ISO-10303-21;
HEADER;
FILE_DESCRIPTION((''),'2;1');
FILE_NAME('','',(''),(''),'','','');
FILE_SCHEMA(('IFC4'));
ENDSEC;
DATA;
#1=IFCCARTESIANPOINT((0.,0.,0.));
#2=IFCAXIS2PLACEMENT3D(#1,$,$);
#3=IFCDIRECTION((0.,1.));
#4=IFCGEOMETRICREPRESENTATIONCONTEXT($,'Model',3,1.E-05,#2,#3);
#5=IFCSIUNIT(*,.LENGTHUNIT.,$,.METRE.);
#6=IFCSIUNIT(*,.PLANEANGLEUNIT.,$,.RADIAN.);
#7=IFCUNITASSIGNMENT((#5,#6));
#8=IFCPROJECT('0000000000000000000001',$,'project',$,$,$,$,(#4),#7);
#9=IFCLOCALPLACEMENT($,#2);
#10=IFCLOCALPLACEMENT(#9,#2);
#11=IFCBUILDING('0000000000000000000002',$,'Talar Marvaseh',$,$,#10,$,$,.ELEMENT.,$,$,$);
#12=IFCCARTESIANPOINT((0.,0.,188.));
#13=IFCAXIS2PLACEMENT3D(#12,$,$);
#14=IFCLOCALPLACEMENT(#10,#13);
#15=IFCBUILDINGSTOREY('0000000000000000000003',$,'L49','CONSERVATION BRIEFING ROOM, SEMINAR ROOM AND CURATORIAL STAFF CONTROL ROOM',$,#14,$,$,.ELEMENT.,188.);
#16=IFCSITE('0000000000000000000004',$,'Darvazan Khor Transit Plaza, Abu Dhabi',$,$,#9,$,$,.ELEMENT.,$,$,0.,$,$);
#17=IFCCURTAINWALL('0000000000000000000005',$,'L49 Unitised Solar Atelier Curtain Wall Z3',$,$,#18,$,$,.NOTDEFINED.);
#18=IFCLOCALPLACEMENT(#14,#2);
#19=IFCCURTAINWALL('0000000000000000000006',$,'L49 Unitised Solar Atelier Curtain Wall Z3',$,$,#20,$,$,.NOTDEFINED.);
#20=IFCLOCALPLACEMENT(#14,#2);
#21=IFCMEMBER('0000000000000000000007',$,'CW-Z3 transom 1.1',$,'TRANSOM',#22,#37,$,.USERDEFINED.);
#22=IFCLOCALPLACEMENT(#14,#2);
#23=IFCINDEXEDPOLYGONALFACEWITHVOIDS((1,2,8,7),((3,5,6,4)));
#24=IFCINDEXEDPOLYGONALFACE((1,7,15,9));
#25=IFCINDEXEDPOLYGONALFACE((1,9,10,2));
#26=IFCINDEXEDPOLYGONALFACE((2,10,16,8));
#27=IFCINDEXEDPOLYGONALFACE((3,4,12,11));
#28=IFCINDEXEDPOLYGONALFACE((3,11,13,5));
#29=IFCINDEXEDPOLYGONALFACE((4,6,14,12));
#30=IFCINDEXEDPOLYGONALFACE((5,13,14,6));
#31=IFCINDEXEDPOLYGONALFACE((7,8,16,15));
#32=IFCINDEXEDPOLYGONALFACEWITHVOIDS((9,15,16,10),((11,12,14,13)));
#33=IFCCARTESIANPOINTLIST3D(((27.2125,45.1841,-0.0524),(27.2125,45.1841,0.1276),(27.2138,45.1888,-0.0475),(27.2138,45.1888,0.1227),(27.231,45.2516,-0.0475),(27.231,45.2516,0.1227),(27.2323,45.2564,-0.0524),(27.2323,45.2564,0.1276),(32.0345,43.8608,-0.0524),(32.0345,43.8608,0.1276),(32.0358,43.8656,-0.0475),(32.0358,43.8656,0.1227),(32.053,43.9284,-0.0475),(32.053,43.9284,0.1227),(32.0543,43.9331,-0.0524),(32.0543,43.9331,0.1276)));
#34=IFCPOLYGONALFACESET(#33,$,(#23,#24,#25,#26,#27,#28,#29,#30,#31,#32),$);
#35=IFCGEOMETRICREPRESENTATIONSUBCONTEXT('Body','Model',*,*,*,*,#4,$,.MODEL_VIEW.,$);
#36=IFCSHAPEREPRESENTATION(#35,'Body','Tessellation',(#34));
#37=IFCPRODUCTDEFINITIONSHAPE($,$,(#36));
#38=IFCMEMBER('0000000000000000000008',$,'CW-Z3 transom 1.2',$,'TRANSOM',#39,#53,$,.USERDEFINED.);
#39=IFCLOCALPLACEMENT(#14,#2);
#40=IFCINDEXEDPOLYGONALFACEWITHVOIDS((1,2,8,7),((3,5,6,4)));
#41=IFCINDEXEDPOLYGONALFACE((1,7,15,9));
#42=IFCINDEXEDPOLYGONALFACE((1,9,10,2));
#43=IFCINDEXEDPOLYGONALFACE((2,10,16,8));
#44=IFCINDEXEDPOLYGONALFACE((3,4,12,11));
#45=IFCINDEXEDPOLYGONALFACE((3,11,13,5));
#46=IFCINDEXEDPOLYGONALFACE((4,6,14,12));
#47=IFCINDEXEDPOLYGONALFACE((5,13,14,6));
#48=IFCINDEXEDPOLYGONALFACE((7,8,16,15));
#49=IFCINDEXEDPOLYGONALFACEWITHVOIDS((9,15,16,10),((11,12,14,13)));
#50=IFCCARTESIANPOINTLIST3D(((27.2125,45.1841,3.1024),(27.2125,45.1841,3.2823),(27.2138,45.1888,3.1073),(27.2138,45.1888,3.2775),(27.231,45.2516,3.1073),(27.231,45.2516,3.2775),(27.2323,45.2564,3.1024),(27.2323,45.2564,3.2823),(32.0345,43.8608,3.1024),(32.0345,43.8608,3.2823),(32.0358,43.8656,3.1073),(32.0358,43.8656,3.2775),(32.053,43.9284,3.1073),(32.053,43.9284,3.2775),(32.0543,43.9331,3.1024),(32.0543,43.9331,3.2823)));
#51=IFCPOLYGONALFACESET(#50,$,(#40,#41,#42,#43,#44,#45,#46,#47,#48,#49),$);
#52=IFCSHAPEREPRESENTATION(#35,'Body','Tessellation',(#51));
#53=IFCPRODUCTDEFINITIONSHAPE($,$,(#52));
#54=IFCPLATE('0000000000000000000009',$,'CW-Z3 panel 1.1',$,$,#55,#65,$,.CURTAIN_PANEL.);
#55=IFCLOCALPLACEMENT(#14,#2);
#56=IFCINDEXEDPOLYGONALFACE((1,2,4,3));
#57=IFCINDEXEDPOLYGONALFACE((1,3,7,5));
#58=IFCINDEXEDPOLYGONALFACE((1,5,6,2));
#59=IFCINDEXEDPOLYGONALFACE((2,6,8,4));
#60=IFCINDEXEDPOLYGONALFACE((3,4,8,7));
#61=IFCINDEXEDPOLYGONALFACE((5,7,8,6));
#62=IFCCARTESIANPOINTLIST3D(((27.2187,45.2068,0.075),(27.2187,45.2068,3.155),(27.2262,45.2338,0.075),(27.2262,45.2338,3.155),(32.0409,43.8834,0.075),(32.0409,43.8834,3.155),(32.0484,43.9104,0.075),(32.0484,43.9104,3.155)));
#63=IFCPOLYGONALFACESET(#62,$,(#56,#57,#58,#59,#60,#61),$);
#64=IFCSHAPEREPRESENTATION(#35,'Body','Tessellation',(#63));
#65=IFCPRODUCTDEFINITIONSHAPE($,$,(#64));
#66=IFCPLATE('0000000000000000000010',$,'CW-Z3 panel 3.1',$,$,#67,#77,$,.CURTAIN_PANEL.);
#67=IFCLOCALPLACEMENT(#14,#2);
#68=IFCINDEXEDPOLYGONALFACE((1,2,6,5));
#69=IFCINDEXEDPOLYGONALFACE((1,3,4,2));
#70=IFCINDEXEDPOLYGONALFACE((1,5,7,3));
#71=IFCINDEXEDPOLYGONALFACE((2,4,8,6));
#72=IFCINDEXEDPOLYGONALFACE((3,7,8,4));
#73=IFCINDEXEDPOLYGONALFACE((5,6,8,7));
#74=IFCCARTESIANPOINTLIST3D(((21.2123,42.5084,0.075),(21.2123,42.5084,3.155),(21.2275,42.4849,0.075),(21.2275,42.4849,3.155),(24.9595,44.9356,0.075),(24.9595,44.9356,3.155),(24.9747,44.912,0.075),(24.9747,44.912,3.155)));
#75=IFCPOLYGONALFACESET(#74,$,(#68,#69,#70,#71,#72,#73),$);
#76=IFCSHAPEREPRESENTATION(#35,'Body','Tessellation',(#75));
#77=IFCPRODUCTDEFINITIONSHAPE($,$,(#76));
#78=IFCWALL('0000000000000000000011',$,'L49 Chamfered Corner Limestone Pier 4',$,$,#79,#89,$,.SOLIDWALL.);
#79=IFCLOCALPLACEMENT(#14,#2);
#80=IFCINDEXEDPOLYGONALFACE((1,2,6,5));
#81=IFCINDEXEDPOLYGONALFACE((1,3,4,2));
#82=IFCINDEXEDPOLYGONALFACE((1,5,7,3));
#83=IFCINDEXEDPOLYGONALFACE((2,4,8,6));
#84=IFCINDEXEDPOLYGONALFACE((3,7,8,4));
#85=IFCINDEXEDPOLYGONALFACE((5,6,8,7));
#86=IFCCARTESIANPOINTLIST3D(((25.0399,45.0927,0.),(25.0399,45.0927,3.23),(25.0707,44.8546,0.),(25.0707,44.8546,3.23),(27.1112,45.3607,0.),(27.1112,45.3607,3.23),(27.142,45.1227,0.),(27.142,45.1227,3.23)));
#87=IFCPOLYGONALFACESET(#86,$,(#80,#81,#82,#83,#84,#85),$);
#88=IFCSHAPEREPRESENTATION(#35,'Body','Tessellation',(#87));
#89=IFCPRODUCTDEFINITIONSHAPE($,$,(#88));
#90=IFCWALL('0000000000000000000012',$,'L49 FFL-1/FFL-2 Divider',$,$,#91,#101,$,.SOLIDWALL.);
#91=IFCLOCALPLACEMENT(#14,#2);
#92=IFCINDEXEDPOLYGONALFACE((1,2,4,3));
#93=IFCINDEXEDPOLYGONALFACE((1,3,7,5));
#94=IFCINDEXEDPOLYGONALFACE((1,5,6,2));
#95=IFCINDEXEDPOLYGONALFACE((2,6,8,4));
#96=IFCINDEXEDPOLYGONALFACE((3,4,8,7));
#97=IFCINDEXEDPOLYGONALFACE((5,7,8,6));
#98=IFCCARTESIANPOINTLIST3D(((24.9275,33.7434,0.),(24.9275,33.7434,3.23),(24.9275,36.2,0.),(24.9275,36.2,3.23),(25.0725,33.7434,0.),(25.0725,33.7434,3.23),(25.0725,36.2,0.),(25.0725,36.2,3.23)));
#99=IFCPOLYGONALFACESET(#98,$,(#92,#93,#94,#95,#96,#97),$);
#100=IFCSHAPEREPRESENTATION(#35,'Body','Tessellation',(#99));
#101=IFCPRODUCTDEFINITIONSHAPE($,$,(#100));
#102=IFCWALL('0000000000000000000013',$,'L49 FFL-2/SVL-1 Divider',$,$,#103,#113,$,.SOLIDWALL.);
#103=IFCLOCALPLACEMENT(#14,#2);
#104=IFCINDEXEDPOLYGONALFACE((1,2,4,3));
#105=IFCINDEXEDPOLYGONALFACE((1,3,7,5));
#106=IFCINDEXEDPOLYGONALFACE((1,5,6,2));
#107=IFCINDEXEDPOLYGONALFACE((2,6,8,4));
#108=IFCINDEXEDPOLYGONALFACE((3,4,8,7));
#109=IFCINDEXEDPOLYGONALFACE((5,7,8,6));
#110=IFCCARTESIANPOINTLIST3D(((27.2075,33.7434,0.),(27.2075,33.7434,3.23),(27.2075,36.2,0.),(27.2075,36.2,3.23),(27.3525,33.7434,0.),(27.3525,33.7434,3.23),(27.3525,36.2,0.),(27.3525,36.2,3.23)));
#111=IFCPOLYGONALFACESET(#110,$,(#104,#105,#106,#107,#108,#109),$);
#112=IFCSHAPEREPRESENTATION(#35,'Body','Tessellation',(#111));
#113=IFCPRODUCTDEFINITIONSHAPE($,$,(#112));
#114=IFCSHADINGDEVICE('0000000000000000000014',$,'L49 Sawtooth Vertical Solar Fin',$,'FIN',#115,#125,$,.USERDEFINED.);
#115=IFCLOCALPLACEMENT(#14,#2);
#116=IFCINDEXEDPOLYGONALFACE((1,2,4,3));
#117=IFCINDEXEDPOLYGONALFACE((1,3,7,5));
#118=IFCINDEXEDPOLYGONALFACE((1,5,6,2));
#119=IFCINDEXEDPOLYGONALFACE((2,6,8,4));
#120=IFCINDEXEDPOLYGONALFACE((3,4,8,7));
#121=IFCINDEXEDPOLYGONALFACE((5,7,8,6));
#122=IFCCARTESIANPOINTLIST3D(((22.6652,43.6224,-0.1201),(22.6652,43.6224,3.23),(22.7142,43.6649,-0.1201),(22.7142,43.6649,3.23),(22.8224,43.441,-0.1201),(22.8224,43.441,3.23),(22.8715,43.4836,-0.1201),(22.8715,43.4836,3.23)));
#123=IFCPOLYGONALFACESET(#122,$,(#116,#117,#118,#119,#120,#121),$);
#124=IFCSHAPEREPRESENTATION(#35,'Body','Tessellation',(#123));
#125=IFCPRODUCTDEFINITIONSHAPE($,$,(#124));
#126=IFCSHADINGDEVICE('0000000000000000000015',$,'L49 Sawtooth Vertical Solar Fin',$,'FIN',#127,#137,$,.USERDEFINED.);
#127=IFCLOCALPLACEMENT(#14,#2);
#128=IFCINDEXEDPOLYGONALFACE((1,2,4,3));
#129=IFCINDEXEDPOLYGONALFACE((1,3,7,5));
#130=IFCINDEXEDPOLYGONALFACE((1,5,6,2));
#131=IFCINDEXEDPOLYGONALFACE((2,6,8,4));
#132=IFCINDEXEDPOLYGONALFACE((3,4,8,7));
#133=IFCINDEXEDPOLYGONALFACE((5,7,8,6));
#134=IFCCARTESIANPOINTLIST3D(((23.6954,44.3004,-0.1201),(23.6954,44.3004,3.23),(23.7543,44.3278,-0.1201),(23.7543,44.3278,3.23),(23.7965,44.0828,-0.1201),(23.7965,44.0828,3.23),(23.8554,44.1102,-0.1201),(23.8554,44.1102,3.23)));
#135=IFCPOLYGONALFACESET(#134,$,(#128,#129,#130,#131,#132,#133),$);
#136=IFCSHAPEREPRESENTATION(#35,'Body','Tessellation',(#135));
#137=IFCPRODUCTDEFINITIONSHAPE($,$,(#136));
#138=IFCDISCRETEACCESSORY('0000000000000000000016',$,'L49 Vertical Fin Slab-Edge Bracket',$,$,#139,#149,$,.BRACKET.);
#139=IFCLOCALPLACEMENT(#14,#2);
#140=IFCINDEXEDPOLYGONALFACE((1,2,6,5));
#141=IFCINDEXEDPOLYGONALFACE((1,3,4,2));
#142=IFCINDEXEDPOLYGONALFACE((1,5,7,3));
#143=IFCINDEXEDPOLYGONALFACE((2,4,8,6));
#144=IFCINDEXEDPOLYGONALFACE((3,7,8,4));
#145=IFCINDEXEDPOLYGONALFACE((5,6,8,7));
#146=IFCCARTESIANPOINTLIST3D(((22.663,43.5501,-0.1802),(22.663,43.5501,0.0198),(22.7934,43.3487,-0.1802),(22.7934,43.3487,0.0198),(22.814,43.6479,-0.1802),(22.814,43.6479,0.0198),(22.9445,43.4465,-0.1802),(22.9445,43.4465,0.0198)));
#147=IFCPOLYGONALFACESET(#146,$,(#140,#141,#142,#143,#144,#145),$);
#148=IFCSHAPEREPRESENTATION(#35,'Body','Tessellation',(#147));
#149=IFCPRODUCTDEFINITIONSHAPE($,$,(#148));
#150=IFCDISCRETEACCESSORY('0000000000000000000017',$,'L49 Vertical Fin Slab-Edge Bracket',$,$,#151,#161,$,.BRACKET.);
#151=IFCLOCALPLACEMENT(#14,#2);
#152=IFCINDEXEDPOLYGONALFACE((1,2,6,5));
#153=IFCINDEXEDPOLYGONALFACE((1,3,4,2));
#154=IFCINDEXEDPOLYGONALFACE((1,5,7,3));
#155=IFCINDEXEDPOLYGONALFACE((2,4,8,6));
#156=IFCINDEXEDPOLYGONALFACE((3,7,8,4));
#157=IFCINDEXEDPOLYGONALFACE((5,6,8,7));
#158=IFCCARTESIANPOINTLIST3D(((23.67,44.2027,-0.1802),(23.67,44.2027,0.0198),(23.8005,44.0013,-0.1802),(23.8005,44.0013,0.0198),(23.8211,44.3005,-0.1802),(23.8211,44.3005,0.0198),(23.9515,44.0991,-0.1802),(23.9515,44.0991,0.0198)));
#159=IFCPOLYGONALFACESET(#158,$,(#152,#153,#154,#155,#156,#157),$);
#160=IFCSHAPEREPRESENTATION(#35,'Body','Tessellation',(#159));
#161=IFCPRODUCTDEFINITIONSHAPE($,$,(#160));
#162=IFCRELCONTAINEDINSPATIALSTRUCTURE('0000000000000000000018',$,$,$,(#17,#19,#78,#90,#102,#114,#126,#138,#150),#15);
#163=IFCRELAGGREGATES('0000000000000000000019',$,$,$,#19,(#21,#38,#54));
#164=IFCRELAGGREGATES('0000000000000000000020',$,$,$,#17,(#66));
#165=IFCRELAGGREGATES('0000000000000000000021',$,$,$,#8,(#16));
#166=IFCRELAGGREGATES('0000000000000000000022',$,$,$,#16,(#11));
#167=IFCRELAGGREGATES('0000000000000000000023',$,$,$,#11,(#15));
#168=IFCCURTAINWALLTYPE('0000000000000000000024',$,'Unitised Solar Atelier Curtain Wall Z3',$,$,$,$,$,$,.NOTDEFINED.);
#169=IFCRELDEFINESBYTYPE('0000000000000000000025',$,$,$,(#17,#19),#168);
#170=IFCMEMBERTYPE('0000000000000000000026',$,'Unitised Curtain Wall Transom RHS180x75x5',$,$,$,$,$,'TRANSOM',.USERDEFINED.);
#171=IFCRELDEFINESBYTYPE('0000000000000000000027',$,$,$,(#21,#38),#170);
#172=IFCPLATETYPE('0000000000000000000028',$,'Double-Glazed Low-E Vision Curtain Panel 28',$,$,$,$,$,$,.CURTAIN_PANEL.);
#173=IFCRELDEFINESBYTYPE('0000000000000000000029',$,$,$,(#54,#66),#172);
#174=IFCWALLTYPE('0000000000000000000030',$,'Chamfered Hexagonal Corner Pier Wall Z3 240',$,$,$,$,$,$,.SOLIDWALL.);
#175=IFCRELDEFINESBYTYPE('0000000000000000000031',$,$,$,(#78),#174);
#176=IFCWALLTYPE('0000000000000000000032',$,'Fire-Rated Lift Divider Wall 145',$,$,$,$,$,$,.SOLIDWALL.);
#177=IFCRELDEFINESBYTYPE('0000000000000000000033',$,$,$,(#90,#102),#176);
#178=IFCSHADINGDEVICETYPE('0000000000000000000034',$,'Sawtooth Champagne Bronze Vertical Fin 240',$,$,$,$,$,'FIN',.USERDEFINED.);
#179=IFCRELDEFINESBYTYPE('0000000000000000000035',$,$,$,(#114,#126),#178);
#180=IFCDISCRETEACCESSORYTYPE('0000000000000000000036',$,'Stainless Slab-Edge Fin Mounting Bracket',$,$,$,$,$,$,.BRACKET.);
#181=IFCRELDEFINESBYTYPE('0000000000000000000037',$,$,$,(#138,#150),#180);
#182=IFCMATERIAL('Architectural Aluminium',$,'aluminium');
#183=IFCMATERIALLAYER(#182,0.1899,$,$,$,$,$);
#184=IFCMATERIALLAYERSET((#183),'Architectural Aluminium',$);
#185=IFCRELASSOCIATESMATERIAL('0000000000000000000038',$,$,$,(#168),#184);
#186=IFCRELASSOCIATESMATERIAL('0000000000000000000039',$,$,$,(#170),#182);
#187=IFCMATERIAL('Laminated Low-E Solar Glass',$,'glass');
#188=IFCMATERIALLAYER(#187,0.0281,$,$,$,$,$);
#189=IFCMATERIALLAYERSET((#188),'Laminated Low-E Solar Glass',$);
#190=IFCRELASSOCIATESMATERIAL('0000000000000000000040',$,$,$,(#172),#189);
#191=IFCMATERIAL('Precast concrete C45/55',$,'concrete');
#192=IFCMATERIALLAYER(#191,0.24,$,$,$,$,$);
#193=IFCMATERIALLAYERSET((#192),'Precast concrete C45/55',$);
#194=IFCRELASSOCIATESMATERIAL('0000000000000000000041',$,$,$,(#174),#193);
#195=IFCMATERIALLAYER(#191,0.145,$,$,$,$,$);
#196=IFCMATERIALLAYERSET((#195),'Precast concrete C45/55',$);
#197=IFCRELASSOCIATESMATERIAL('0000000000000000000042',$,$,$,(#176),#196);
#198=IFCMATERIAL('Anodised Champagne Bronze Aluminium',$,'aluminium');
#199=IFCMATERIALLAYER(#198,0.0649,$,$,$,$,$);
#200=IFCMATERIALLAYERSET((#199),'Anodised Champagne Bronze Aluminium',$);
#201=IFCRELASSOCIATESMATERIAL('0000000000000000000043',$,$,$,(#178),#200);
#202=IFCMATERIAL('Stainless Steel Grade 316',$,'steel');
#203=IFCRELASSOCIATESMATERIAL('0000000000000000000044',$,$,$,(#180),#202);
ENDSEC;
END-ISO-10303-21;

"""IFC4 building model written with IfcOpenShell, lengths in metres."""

from ifc_helpers import new_model, si_unit, direction, frame, frame_2d, origin, origin_2d, place, context, subcontext, project, spatial, rectangle, hollow_rectangle, extrude, source, transform, mapped, material, layer, layer_set, material_profile, profile_set, type_object, type_shapes, element, aggregate, save


model = new_model("IFC4")

# Units and contexts
model_context = context("Model", 3, precision=1e-05, world=origin(), true_north=direction((0.0, 1.0)))
body_context = subcontext(model_context, "Body", "Model", "MODEL_VIEW")
ifc_project = project(units=[si_unit("LENGTHUNIT", "METRE"), si_unit("PLANEANGLEUNIT", "RADIAN")], contexts=[model_context])

# Site, building, storey
site_placement = place(None, origin())
site = spatial("IfcSite", under=ifc_project, at=site_placement, Name="Darvazan Khor Transit Plaza, Abu Dhabi", CompositionType="ELEMENT", RefElevation=0.0)
building_placement = place(site_placement, origin())
building = spatial("IfcBuilding", under=site, at=building_placement, Name="Talar Marvaseh", CompositionType="ELEMENT")
storey_placement = place(building_placement, frame((0.0, 0.0, 188.0)))
storey = spatial("IfcBuildingStorey", under=building, at=storey_placement, Name="L49", Description="CONSERVATION BRIEFING ROOM, SEMINAR ROOM AND CURATORIAL STAFF CONTROL ROOM", CompositionType="ELEMENT", Elevation=188.0)

# Curtain wall
ifc_material_1 = material(Name="Architectural Aluminium", Category="aluminium")
ifc_layer_1 = layer(ifc_material_1, 0.1899)
ifc_layer_set_1 = layer_set([ifc_layer_1], Name="Architectural Aluminium")
curtain_wall_type = type_object("IfcCurtainWallType", Name="Unitised Solar Atelier Curtain Wall Z3", PredefinedType="NOTDEFINED", material=ifc_layer_set_1)
curtain_wall_1_placement = place(storey_placement, origin())
curtain_wall_1 = element("IfcCurtainWall", 1, at=curtain_wall_1_placement, inside=storey, type_object=curtain_wall_type, Name="L49 Unitised Solar Atelier Curtain Wall Z3", PredefinedType="NOTDEFINED")

# Curtain wall, members, plate
curtain_wall_2_placement = place(storey_placement, origin())
curtain_wall_2 = element("IfcCurtainWall", 2, at=curtain_wall_2_placement, inside=storey, type_object=curtain_wall_type, Name="L49 Unitised Solar Atelier Curtain Wall Z3", PredefinedType="NOTDEFINED")
ifc_material_profile_1 = material_profile(ifc_material_1, hollow_rectangle(XDim=0.075, YDim=0.1799, WallThickness=0.0049, at=origin_2d()), Name="RHS180x75x5")
ifc_profile_set_1 = profile_set([ifc_material_profile_1], Name="Architectural Aluminium")
member_type_1 = type_object("IfcMemberType", Name="Unitised Curtain Wall Transom RHS180x75x5", ElementType="TRANSOM", PredefinedType="USERDEFINED", material=ifc_profile_set_1)
shared_shape_1 = source(origin(), body_context, "Body", "SweptSolid", [
    extrude(hollow_rectangle(XDim=0.075, YDim=0.1799, WallThickness=0.0049, at=origin_2d()), origin(), (0.0, 0.0, 1.0), 5.0002),
])
member_1_placement = place(storey_placement, frame((27.2224, 45.2202, 0.0376), z_axis=(0.964349, -0.264633, 0.0), x_axis=(0.264633, 0.964349, 0.0)))
member_1 = element("IfcMember", 3, at=member_1_placement, type_object=member_type_1, Name="CW-Z3 transom 1.1", ObjectType="TRANSOM", PredefinedType="USERDEFINED", context=body_context, shape_type="MappedRepresentation", body=[
    mapped(shared_shape_1, transform((0.0, 0.0, 0.0), x_axis=(1.0, 0.0, 0.0), y_axis=(0.0, 1.0, 0.0), z_axis=(0.0, 0.0, 1.0), scale=1.0)),
])
member_2_placement = place(storey_placement, frame((27.2224, 45.2202, 3.1924), z_axis=(0.964349, -0.264633, 0.0), x_axis=(0.264633, 0.964349, 0.0)))
member_2 = element("IfcMember", 4, at=member_2_placement, type_object=member_type_1, Name="CW-Z3 transom 1.2", ObjectType="TRANSOM", PredefinedType="USERDEFINED", context=body_context, shape_type="MappedRepresentation", body=[
    mapped(shared_shape_1, transform((0.0, 0.0, 0.0), x_axis=(1.0, 0.0, 0.0), y_axis=(0.0, 1.0, 0.0), z_axis=(0.0, 0.0, 1.0), scale=1.0)),
])
ifc_material_2 = material(Name="Laminated Low-E Solar Glass", Category="glass")
ifc_layer_2 = layer(ifc_material_2, 0.0281)
ifc_layer_set_2 = layer_set([ifc_layer_2], Name="Laminated Low-E Solar Glass")
plate_type = type_object("IfcPlateType", Name="Double-Glazed Low-E Vision Curtain Panel 28", PredefinedType="CURTAIN_PANEL", material=ifc_layer_set_2)
shared_shape_2 = source(origin(), body_context, "Body", "SweptSolid", [
    extrude(rectangle(XDim=5.0005, YDim=0.0281, at=origin_2d()), origin(), (0.0, 0.0, 1.0), 3.0801),
])
plate_1_placement = place(storey_placement, frame((29.6335, 44.5586, 0.075), z_axis=(0.0, 0.0, 1.0), x_axis=(0.964344, -0.264652, 0.0)))
plate_1 = element("IfcPlate", 5, at=plate_1_placement, type_object=plate_type, Name="CW-Z3 panel 1.1", PredefinedType="CURTAIN_PANEL", context=body_context, shape_type="MappedRepresentation", body=[
    mapped(shared_shape_2, transform((0.0, 0.0, 0.0), x_axis=(1.0, 0.0, 0.0), y_axis=(0.0, 1.0, 0.0), z_axis=(0.0, 0.0, 1.0), scale=1.0)),
])
aggregate(curtain_wall_2, [member_1, member_2, plate_1])

# Plate
shared_shape_3 = source(origin(), body_context, "Body", "SweptSolid", [
    extrude(rectangle(XDim=4.4646, YDim=0.0281, at=origin_2d()), origin(), (0.0, 0.0, 1.0), 3.0801),
])
type_shapes(plate_type, [shared_shape_2, shared_shape_3])
plate_2_placement = place(storey_placement, frame((23.0935, 43.7102, 0.075), z_axis=(0.0, 0.0, 1.0), x_axis=(0.839317, 0.543642, 0.0)))
plate_2 = element("IfcPlate", 6, at=plate_2_placement, type_object=plate_type, Name="CW-Z3 panel 3.1", PredefinedType="CURTAIN_PANEL", context=body_context, shape_type="MappedRepresentation", body=[
    mapped(shared_shape_3, transform((0.0, 0.0, 0.0), x_axis=(1.0, 0.0, 0.0), y_axis=(0.0, 1.0, 0.0), z_axis=(0.0, 0.0, 1.0), scale=1.0)),
])
aggregate(curtain_wall_1, [plate_2])

# Walls
ifc_material_3 = material(Name="Precast concrete C45/55", Category="concrete")
ifc_layer_3 = layer(ifc_material_3, 0.24)
ifc_layer_set_3 = layer_set([ifc_layer_3], Name="Precast concrete C45/55")
wall_type_1 = type_object("IfcWallType", Name="Chamfered Hexagonal Corner Pier Wall Z3 240", PredefinedType="SOLIDWALL", material=ifc_layer_set_3)
wall_placement = place(storey_placement, frame((25.0552, 44.9736, 0.0), z_axis=(0.0, 0.0, 1.0), x_axis=(0.991729, 0.12835, 0.0)))
element("IfcWall", 7, at=wall_placement, inside=storey, type_object=wall_type_1, Name="L49 Chamfered Corner Limestone Pier 4", PredefinedType="SOLIDWALL", context=body_context, shape_type="SweptSolid", body=[
    extrude(rectangle(XDim=2.0886, YDim=0.24, at=frame_2d((1.0444, 0.0))), origin(), (0.0, 0.0, 1.0), 3.23),
])
ifc_layer_4 = layer(ifc_material_3, 0.145)
ifc_layer_set_4 = layer_set([ifc_layer_4], Name="Precast concrete C45/55")
wall_type_2 = type_object("IfcWallType", Name="Fire-Rated Lift Divider Wall 145", PredefinedType="SOLIDWALL", material=ifc_layer_set_4)
for number, where, z_axis, x_axis, name in (
    (8, (25.0, 33.7434, 0.0), (0.0, 0.0, 1.0), (0.0, 1.0, 0.0), "L49 FFL-1/FFL-2 Divider"),
    (9, (27.28, 33.7434, 0.0), (0.0, 0.0, 1.0), (0.0, 1.0, 0.0), "L49 FFL-2/SVL-1 Divider"),
):
    element("IfcWall", number, at=place(storey_placement, frame(where, z_axis=z_axis, x_axis=x_axis)), inside=storey, type_object=wall_type_2, Name=name, PredefinedType="SOLIDWALL", context=body_context, shape_type="SweptSolid", body=[
        extrude(rectangle(XDim=2.4565, YDim=0.145, at=frame_2d((1.2283, 0.0))), origin(), (0.0, 0.0, 1.0), 3.23),
    ])

# Shading devices
ifc_material_4 = material(Name="Anodised Champagne Bronze Aluminium", Category="aluminium")
ifc_layer_5 = layer(ifc_material_4, 0.0649)
ifc_layer_set_5 = layer_set([ifc_layer_5], Name="Anodised Champagne Bronze Aluminium")
shading_device_type = type_object("IfcShadingDeviceType", Name="Sawtooth Champagne Bronze Vertical Fin 240", ElementType="FIN", PredefinedType="USERDEFINED", material=ifc_layer_set_5)
shared_shape_4 = source(origin(), body_context, "Body", "SweptSolid", [
    extrude(rectangle(XDim=0.24, YDim=0.0649, at=origin_2d()), origin(), (0.0, 0.0, 1.0), 3.3501),
])
type_shapes(shading_device_type, [shared_shape_4])
for number, where, z_axis, x_axis, name in (
    (10, (22.7683, 43.553, -0.1201), (0.0, 0.0, 1.0), (-0.655136, 0.755511, 0.0), "L49 Sawtooth Vertical Solar Fin"),
    (11, (23.7754, 44.2053, -0.1201), (0.0, 0.0, 1.0), (-0.421511, 0.906823, 0.0), "L49 Sawtooth Vertical Solar Fin"),
):
    element("IfcShadingDevice", number, at=place(storey_placement, frame(where, z_axis=z_axis, x_axis=x_axis)), inside=storey, type_object=shading_device_type, Name=name, ObjectType="FIN", PredefinedType="USERDEFINED", context=body_context, shape_type="MappedRepresentation", body=[
        mapped(shared_shape_4, transform((0.0, 0.0, 0.0), x_axis=(1.0, 0.0, 0.0), y_axis=(0.0, 1.0, 0.0), z_axis=(0.0, 0.0, 1.0), scale=1.0)),
    ])

# Discrete accessories
ifc_material_5 = material(Name="Stainless Steel Grade 316", Category="steel")
discrete_accessory_type = type_object("IfcDiscreteAccessoryType", Name="Stainless Slab-Edge Fin Mounting Bracket", PredefinedType="BRACKET", material=ifc_material_5)
shared_shape_5 = source(origin(), body_context, "Body", "SweptSolid", [
    extrude(rectangle(XDim=0.24, YDim=0.1799, at=origin_2d()), origin(), (0.0, 0.0, 1.0), 0.2),
])
type_shapes(discrete_accessory_type, [shared_shape_5])
for number, where, z_axis, x_axis, name in (
    (12, (22.8037, 43.4983, -0.1802), (0.0, 0.0, 1.0), (-0.543614, 0.839335, 0.0), "L49 Vertical Fin Slab-Edge Bracket"),
    (13, (23.8108, 44.1509, -0.1802), (0.0, 0.0, 1.0), (-0.543614, 0.839335, 0.0), "L49 Vertical Fin Slab-Edge Bracket"),
):
    element("IfcDiscreteAccessory", number, at=place(storey_placement, frame(where, z_axis=z_axis, x_axis=x_axis)), inside=storey, type_object=discrete_accessory_type, Name=name, PredefinedType="BRACKET", context=body_context, shape_type="MappedRepresentation", body=[
        mapped(shared_shape_5, transform((0.0, 0.0, 0.0), x_axis=(1.0, 0.0, 0.0), y_axis=(0.0, 1.0, 0.0), z_axis=(0.0, 0.0, 1.0), scale=1.0)),
    ])

save(model, "model.ifc")
